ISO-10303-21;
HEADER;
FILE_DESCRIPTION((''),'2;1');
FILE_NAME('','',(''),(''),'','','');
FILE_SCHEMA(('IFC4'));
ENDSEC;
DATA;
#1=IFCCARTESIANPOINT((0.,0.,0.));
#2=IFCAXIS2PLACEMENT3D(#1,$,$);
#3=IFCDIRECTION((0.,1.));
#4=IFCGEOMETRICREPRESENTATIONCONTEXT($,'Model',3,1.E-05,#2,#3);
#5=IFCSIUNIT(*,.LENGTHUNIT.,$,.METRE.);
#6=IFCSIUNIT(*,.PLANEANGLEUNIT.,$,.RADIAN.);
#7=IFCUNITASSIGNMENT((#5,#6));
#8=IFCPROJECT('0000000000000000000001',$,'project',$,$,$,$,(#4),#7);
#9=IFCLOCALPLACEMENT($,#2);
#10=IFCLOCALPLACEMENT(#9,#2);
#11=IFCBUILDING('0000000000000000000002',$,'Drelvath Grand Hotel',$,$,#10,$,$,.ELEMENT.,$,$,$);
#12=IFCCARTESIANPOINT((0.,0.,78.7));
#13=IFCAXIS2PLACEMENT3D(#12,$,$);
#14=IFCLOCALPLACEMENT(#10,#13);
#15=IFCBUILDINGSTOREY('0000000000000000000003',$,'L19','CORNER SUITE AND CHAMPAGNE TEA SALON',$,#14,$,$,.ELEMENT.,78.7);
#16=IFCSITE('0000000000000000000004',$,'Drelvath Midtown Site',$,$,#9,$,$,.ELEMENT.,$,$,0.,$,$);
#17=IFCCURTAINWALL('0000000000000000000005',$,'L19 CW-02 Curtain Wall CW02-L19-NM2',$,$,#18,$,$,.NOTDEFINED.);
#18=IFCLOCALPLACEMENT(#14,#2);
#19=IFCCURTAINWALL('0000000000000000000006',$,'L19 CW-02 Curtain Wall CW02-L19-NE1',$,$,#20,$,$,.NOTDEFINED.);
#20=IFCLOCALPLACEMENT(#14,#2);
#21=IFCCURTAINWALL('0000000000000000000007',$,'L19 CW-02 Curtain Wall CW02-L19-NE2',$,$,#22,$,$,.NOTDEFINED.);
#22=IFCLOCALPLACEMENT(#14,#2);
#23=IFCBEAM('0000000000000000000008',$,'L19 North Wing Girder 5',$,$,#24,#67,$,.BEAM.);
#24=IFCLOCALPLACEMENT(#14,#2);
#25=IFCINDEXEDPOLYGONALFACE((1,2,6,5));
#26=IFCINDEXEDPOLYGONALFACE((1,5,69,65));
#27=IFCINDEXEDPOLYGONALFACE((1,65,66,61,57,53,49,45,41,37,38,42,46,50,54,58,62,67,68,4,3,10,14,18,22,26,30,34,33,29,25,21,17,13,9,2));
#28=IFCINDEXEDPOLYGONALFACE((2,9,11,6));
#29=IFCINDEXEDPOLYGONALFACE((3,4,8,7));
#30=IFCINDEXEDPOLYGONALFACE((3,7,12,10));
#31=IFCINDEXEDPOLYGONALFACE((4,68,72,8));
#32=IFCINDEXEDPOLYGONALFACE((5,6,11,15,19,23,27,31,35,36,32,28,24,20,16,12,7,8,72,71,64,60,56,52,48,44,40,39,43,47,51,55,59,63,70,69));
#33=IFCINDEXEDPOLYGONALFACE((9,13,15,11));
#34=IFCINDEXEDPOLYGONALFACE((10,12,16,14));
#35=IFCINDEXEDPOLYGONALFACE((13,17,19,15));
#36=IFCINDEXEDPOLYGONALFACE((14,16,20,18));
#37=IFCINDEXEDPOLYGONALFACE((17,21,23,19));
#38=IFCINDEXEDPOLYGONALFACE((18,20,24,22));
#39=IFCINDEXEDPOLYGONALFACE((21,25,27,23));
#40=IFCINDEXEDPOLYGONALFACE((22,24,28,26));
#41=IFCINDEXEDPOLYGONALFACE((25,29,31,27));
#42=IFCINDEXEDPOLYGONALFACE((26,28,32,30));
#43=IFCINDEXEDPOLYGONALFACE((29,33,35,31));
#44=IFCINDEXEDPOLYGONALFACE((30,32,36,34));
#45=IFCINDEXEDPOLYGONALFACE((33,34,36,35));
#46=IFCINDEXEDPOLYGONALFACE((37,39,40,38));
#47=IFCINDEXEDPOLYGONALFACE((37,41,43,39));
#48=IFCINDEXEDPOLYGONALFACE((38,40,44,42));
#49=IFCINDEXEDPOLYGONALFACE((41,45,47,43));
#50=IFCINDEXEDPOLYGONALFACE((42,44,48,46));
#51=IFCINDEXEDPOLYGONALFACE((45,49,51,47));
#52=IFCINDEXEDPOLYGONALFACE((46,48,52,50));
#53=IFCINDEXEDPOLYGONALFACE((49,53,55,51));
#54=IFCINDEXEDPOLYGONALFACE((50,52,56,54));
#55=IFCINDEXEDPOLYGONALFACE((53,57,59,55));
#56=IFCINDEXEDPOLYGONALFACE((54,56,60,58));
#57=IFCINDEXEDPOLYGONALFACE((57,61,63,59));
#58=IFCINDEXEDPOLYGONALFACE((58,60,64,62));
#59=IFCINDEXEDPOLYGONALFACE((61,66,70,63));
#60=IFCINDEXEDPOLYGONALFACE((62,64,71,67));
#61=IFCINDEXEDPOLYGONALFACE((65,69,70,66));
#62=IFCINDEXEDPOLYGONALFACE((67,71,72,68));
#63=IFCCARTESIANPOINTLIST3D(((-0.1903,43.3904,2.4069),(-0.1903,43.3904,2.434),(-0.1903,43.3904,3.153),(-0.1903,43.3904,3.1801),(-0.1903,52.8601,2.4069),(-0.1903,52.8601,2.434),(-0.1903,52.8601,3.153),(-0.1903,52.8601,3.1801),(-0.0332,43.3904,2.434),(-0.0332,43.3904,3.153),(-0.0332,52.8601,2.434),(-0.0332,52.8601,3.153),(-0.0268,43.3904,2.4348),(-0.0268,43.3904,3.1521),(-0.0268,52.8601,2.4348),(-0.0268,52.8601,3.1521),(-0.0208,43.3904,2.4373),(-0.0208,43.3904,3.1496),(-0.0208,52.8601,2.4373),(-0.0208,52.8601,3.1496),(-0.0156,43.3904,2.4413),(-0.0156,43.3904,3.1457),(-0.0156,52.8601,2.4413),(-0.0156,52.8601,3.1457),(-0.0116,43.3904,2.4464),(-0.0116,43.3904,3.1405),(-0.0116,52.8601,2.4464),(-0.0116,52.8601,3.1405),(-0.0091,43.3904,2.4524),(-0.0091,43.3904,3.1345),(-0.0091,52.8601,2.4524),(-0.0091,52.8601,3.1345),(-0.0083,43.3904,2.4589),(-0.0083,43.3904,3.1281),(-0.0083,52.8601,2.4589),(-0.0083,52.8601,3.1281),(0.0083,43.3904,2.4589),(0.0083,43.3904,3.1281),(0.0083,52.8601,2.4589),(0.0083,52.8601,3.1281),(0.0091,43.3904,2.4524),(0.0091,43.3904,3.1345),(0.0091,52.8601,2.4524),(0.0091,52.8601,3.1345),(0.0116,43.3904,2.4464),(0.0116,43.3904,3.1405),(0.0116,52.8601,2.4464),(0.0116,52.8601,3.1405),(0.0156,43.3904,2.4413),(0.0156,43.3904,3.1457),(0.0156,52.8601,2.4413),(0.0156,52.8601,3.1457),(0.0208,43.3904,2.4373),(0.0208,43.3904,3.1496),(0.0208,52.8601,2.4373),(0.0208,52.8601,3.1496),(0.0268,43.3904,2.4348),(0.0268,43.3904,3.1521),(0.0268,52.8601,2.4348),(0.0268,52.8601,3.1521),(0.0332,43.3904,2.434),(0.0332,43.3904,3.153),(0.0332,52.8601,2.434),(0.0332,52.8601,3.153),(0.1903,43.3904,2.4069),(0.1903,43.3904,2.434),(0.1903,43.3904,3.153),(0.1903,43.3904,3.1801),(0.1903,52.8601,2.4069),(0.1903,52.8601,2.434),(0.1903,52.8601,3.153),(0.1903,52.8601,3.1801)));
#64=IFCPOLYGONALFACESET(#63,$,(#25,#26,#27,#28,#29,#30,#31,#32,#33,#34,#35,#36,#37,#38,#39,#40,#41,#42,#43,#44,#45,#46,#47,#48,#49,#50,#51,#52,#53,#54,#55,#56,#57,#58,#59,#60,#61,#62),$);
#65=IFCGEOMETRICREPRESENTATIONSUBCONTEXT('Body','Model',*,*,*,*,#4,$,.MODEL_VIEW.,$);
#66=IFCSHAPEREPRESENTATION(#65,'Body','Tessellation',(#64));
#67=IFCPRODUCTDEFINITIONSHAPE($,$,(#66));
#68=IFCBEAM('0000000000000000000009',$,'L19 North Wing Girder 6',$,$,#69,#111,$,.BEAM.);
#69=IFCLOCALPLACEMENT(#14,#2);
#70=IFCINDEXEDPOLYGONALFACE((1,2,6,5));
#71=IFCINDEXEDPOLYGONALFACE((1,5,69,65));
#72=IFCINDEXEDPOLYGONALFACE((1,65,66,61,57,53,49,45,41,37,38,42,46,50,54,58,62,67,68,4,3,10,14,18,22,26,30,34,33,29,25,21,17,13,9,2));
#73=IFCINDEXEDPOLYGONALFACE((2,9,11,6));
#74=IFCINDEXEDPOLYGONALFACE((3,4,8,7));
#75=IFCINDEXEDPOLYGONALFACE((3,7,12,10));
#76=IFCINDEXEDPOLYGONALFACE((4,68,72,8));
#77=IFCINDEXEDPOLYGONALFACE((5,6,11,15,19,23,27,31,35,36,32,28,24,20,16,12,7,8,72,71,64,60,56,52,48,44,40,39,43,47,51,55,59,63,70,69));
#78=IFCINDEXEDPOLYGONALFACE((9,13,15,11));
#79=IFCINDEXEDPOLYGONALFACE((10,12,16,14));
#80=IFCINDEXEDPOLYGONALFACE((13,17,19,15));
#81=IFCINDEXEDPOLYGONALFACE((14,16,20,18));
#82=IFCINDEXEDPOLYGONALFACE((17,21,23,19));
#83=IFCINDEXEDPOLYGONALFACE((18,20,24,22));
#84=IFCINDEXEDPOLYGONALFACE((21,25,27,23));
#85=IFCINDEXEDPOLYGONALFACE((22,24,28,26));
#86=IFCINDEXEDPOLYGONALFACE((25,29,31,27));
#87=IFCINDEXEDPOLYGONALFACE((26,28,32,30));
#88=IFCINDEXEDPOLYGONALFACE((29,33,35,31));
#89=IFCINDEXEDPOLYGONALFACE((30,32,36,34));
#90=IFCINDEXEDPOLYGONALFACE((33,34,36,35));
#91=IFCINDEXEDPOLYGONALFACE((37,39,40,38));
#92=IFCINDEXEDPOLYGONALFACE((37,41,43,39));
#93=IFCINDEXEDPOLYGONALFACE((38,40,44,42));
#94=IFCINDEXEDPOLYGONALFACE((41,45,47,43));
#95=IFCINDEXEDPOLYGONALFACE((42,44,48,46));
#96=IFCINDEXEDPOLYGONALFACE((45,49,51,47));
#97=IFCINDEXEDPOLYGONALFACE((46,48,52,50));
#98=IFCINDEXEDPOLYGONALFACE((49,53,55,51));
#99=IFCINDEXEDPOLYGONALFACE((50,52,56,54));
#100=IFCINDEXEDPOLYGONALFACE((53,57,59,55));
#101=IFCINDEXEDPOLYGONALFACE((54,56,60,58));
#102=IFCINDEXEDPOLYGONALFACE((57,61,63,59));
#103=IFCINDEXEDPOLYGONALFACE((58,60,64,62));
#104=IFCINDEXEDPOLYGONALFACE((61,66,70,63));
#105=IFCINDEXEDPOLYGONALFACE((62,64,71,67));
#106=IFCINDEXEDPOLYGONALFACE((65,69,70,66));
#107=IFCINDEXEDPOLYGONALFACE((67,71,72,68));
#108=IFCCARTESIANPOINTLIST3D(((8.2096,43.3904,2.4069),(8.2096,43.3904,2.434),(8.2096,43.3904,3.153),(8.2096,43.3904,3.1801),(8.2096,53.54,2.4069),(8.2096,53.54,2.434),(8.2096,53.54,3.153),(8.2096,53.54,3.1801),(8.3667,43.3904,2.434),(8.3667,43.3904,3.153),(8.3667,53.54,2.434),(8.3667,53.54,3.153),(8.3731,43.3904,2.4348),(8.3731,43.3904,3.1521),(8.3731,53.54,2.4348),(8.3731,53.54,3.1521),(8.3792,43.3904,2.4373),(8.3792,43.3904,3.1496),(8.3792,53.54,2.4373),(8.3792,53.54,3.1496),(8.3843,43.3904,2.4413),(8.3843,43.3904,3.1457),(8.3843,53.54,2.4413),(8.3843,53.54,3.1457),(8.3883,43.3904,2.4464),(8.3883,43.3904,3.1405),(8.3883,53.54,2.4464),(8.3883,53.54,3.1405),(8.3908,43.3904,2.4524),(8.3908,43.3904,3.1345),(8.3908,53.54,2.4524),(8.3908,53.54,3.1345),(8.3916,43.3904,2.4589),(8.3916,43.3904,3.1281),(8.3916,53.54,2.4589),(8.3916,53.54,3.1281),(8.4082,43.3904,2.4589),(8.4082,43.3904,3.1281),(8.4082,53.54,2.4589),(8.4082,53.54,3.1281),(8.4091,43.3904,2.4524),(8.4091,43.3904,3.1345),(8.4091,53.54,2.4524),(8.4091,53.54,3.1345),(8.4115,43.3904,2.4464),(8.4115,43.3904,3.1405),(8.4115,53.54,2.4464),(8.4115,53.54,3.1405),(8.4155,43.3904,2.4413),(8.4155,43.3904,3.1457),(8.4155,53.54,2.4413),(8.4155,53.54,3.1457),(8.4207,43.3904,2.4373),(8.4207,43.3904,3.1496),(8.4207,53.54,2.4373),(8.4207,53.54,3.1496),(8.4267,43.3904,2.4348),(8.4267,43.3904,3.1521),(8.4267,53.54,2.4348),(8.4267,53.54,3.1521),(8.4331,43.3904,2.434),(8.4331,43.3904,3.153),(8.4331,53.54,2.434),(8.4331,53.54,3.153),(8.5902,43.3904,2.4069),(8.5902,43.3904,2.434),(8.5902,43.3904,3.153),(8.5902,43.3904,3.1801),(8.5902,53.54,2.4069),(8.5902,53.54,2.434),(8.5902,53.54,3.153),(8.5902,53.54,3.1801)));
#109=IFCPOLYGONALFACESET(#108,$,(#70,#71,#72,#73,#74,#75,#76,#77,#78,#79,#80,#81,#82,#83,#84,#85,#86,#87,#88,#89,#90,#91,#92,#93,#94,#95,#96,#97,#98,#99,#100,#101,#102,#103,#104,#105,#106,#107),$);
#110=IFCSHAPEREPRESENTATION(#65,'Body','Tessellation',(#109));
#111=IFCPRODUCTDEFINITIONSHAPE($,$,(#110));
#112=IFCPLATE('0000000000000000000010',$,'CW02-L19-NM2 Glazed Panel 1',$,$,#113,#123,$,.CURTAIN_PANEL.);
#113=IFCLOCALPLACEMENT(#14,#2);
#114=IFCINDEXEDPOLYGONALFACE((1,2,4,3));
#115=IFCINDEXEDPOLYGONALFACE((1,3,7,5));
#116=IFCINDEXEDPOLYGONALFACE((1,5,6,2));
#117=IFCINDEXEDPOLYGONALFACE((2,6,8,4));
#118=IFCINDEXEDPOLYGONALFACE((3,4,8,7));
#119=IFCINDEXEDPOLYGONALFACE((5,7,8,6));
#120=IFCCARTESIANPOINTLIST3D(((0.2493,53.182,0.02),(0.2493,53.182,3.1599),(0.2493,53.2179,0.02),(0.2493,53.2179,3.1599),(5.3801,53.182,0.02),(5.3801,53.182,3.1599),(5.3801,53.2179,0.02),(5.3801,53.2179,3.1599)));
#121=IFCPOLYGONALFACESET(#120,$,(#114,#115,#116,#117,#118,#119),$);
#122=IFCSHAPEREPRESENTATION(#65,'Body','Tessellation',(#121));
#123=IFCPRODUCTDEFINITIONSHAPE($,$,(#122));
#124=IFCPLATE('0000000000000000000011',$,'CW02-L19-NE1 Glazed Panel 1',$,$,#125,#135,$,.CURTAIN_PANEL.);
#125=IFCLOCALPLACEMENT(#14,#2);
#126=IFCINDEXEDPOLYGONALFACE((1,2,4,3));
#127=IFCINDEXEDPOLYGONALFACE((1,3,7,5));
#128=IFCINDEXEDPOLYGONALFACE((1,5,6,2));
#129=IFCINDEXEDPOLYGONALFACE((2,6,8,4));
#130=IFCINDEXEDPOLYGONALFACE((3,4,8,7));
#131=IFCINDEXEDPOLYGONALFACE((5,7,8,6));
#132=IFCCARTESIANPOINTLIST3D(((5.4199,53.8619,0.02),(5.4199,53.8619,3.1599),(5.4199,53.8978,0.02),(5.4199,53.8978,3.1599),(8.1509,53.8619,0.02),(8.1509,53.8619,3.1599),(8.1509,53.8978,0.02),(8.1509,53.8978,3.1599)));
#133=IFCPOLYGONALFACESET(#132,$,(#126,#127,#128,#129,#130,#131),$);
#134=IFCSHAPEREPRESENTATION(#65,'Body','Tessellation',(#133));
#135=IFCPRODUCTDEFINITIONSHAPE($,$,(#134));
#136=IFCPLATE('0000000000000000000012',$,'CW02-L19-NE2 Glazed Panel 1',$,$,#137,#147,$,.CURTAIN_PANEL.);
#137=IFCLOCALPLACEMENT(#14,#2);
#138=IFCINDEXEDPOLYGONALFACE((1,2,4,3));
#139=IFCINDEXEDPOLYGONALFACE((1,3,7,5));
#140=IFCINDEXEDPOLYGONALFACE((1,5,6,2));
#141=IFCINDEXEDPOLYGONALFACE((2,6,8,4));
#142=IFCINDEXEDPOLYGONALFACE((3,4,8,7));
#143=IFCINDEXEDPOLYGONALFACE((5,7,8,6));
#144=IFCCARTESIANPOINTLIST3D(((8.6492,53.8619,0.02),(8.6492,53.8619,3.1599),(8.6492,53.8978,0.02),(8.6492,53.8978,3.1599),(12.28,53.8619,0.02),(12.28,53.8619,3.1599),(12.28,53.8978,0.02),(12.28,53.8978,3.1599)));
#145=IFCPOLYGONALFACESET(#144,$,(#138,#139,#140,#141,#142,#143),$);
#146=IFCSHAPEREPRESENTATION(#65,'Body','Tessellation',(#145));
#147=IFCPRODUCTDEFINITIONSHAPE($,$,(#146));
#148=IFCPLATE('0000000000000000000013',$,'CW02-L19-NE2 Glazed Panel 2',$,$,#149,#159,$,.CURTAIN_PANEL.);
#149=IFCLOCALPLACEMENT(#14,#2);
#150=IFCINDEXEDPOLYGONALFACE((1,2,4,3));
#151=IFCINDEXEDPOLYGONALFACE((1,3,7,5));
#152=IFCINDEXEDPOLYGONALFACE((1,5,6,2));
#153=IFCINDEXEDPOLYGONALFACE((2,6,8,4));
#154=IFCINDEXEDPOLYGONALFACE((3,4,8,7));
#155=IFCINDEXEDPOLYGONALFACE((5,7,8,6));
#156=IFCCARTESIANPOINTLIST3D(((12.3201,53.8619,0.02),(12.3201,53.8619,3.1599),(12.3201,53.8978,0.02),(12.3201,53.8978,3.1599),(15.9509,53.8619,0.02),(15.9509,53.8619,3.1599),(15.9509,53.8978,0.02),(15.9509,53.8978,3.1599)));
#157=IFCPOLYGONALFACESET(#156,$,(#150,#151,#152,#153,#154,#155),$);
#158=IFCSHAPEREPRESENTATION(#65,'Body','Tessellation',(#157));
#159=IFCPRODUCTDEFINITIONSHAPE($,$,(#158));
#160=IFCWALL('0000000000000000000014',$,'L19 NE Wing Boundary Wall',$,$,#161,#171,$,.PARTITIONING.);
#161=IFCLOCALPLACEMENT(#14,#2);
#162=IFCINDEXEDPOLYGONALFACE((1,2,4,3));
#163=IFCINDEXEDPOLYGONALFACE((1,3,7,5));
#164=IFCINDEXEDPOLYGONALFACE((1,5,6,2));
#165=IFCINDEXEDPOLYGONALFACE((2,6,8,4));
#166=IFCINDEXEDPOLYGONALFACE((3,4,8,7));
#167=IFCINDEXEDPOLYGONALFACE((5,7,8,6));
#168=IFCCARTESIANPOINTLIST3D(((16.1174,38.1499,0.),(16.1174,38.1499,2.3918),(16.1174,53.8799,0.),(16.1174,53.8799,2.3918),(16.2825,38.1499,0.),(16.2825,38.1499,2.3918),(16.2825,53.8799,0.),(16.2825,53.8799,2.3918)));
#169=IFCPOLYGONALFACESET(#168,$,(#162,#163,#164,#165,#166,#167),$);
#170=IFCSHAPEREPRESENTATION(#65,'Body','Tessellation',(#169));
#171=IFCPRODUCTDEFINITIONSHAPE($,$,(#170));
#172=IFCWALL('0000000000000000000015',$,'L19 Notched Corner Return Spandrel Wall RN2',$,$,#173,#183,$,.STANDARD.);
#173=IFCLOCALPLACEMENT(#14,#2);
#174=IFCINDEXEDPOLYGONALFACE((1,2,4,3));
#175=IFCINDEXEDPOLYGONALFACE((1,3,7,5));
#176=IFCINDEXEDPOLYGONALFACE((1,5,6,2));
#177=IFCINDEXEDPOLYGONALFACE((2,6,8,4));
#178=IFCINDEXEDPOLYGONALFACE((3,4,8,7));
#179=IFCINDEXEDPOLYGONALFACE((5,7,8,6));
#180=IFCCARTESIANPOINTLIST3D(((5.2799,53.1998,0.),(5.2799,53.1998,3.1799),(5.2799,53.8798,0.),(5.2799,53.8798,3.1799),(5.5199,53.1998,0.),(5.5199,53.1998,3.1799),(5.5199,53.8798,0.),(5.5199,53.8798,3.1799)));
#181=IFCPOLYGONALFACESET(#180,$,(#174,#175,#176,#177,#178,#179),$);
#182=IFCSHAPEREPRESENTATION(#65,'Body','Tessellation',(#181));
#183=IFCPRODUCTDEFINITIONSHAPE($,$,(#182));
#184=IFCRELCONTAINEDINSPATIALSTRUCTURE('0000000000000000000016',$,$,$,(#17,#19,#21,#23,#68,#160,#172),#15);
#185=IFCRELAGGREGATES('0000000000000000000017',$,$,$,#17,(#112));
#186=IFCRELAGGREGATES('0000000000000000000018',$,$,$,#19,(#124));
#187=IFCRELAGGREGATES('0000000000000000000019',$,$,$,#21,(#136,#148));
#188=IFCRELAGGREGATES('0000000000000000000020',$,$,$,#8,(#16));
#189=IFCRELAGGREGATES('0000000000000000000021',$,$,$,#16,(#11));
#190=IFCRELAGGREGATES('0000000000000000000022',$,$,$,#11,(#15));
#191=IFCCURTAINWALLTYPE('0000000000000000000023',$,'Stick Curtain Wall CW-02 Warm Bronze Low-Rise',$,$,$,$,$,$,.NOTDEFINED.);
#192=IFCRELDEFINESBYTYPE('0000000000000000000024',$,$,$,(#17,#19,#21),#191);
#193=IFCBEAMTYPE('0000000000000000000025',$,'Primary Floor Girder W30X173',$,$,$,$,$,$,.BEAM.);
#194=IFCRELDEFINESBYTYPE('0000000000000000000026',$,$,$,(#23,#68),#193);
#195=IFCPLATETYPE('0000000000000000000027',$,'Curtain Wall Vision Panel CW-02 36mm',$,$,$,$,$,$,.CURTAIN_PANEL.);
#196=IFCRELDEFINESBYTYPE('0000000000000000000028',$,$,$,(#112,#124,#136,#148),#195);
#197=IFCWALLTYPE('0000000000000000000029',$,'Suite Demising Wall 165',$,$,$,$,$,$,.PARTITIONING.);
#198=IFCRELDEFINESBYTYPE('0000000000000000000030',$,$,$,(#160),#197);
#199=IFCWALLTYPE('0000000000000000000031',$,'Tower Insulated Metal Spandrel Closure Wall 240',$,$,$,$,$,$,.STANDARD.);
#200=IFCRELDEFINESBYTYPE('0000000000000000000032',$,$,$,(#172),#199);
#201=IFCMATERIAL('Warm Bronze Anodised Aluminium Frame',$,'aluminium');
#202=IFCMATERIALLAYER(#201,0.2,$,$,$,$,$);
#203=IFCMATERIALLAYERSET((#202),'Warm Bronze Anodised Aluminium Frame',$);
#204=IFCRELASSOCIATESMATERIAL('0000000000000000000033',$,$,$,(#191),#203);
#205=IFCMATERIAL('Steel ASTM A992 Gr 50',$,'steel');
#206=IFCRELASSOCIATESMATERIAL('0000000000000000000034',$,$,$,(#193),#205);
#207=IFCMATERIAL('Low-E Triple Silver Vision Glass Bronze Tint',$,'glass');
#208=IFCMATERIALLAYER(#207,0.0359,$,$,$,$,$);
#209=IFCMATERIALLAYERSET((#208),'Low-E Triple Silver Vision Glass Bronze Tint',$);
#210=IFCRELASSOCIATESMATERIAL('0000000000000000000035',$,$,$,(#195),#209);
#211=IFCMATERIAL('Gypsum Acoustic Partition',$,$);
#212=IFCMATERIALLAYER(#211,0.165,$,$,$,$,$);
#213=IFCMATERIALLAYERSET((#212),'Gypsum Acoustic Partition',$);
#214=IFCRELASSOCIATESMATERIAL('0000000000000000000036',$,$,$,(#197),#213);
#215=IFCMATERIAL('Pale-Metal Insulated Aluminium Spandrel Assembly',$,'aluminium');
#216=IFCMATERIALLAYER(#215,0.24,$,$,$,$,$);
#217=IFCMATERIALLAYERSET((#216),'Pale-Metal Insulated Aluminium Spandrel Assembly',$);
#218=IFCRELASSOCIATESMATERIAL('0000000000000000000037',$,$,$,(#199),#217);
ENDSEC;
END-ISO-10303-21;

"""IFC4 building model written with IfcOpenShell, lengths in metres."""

from ifc_helpers import new_model, si_unit, direction, frame, frame_2d, origin, origin_2d, place, context, subcontext, project, spatial, rectangle, i_section, extrude, material, layer, layer_set, material_profile, profile_set, type_object, element, aggregate, save


model = new_model("IFC4")

# Units and contexts
model_context = context("Model", 3, precision=1e-05, world=origin(), true_north=direction((0.0, 1.0)))
body_context = subcontext(model_context, "Body", "Model", "MODEL_VIEW")
ifc_project = project(units=[si_unit("LENGTHUNIT", "METRE"), si_unit("PLANEANGLEUNIT", "RADIAN")], contexts=[model_context])

# Site, building, storey
site_placement = place(None, origin())
site = spatial("IfcSite", under=ifc_project, at=site_placement, Name="Drelvath Midtown Site", CompositionType="ELEMENT", RefElevation=0.0)
building_placement = place(site_placement, origin())
building = spatial("IfcBuilding", under=site, at=building_placement, Name="Drelvath Grand Hotel", CompositionType="ELEMENT")
storey_placement = place(building_placement, frame((0.0, 0.0, 78.7)))
storey = spatial("IfcBuildingStorey", under=building, at=storey_placement, Name="L19", Description="CORNER SUITE AND CHAMPAGNE TEA SALON", CompositionType="ELEMENT", Elevation=78.7)

# Curtain walls
ifc_material_1 = material(Name="Warm Bronze Anodised Aluminium Frame", Category="aluminium")
ifc_layer_1 = layer(ifc_material_1, 0.2)
ifc_layer_set_1 = layer_set([ifc_layer_1], Name="Warm Bronze Anodised Aluminium Frame")
curtain_wall_type = type_object("IfcCurtainWallType", Name="Stick Curtain Wall CW-02 Warm Bronze Low-Rise", PredefinedType="NOTDEFINED", material=ifc_layer_set_1)
curtain_wall_1_placement = place(storey_placement, origin())
curtain_wall_1 = element("IfcCurtainWall", 1, at=curtain_wall_1_placement, inside=storey, type_object=curtain_wall_type, Name="L19 CW-02 Curtain Wall CW02-L19-NM2", PredefinedType="NOTDEFINED")
curtain_wall_2_placement = place(storey_placement, origin())
curtain_wall_2 = element("IfcCurtainWall", 2, at=curtain_wall_2_placement, inside=storey, type_object=curtain_wall_type, Name="L19 CW-02 Curtain Wall CW02-L19-NE1", PredefinedType="NOTDEFINED")
curtain_wall_3_placement = place(storey_placement, origin())
curtain_wall_3 = element("IfcCurtainWall", 3, at=curtain_wall_3_placement, inside=storey, type_object=curtain_wall_type, Name="L19 CW-02 Curtain Wall CW02-L19-NE2", PredefinedType="NOTDEFINED")

# Beams
ifc_material_2 = material(Name="Steel ASTM A992 Gr 50", Category="steel")
ifc_material_profile_1 = material_profile(ifc_material_2, i_section(OverallWidth=0.3806, OverallDepth=0.7732, WebThickness=0.0166, FlangeThickness=0.0271, FilletRadius=0.0249, at=origin_2d()), Name="W30X173")
ifc_profile_set_1 = profile_set([ifc_material_profile_1], Name="Steel ASTM A992 Gr 50")
beam_type_1 = type_object("IfcBeamType", Name="Primary Floor Girder W30X173", PredefinedType="BEAM", material=ifc_profile_set_1)
beam_1_placement = place(storey_placement, frame((0.0, 43.3904, 2.7935), z_axis=(0.0, 1.0, 0.0), x_axis=(-1.0, 0.0, 0.0)))
element("IfcBeam", 4, at=beam_1_placement, inside=storey, type_object=beam_type_1, Name="L19 North Wing Girder 5", PredefinedType="BEAM", context=body_context, shape_type="SweptSolid", body=[
    extrude(i_section(OverallWidth=0.3806, OverallDepth=0.7732, WebThickness=0.0166, FlangeThickness=0.0271, FilletRadius=0.0249, at=origin_2d()), origin(), (0.0, 0.0, 1.0), 9.4697),
])
beam_2_placement = place(storey_placement, frame((8.3999, 43.3904, 2.7935), z_axis=(0.0, 1.0, 0.0), x_axis=(-1.0, 0.0, 0.0)))
element("IfcBeam", 5, at=beam_2_placement, inside=storey, type_object=beam_type_1, Name="L19 North Wing Girder 6", PredefinedType="BEAM", context=body_context, shape_type="SweptSolid", body=[
    extrude(i_section(OverallWidth=0.3806, OverallDepth=0.7732, WebThickness=0.0166, FlangeThickness=0.0271, FilletRadius=0.0249, at=origin_2d()), origin(), (0.0, 0.0, 1.0), 10.1497),
])

# Plates
ifc_material_3 = material(Name="Low-E Triple Silver Vision Glass Bronze Tint", Category="glass")
ifc_layer_2 = layer(ifc_material_3, 0.0359)
ifc_layer_set_2 = layer_set([ifc_layer_2], Name="Low-E Triple Silver Vision Glass Bronze Tint")
plate_type = type_object("IfcPlateType", Name="Curtain Wall Vision Panel CW-02 36mm", PredefinedType="CURTAIN_PANEL", material=ifc_layer_set_2)
plate_1_placement = place(storey_placement, frame((2.8147, 53.2, 0.02), z_axis=(0.0, 0.0, 1.0), x_axis=(1.0, 0.0, 0.0)))
plate_1 = element("IfcPlate", 6, at=plate_1_placement, type_object=plate_type, Name="CW02-L19-NM2 Glazed Panel 1", PredefinedType="CURTAIN_PANEL", context=body_context, shape_type="SweptSolid", body=[
    extrude(rectangle(XDim=5.1309, YDim=0.0359, at=origin_2d()), origin(), (0.0, 0.0, 1.0), 3.1399),
])
aggregate(curtain_wall_1, [plate_1])
plate_2_placement = place(storey_placement, frame((6.7854, 53.8799, 0.02), z_axis=(0.0, 0.0, 1.0), x_axis=(1.0, 0.0, 0.0)))
plate_2 = element("IfcPlate", 7, at=plate_2_placement, type_object=plate_type, Name="CW02-L19-NE1 Glazed Panel 1", PredefinedType="CURTAIN_PANEL", context=body_context, shape_type="SweptSolid", body=[
    extrude(rectangle(XDim=2.731, YDim=0.0359, at=origin_2d()), origin(), (0.0, 0.0, 1.0), 3.1399),
])
aggregate(curtain_wall_2, [plate_2])
plate_3_placement = place(storey_placement, frame((10.4646, 53.8799, 0.02), z_axis=(0.0, 0.0, 1.0), x_axis=(1.0, 0.0, 0.0)))
plate_3 = element("IfcPlate", 8, at=plate_3_placement, type_object=plate_type, Name="CW02-L19-NE2 Glazed Panel 1", PredefinedType="CURTAIN_PANEL", context=body_context, shape_type="SweptSolid", body=[
    extrude(rectangle(XDim=3.6309, YDim=0.0359, at=origin_2d()), origin(), (0.0, 0.0, 1.0), 3.1399),
])
plate_4_placement = place(storey_placement, frame((14.1355, 53.8799, 0.02), z_axis=(0.0, 0.0, 1.0), x_axis=(1.0, 0.0, 0.0)))
plate_4 = element("IfcPlate", 9, at=plate_4_placement, type_object=plate_type, Name="CW02-L19-NE2 Glazed Panel 2", PredefinedType="CURTAIN_PANEL", context=body_context, shape_type="SweptSolid", body=[
    extrude(rectangle(XDim=3.6309, YDim=0.0359, at=origin_2d()), origin(), (0.0, 0.0, 1.0), 3.1399),
])
aggregate(curtain_wall_3, [plate_3, plate_4])

# Walls
ifc_material_4 = material(Name="Gypsum Acoustic Partition")
ifc_layer_3 = layer(ifc_material_4, 0.165)
ifc_layer_set_3 = layer_set([ifc_layer_3], Name="Gypsum Acoustic Partition")
wall_type_1 = type_object("IfcWallType", Name="Suite Demising Wall 165", PredefinedType="PARTITIONING", material=ifc_layer_set_3)
wall_1_placement = place(storey_placement, frame((16.2, 38.1499, 0.0), z_axis=(0.0, 0.0, 1.0), x_axis=(0.0, 1.0, 0.0)))
element("IfcWall", 10, at=wall_1_placement, inside=storey, type_object=wall_type_1, Name="L19 NE Wing Boundary Wall", PredefinedType="PARTITIONING", context=body_context, shape_type="SweptSolid", body=[
    extrude(rectangle(XDim=15.73, YDim=0.165, at=frame_2d((7.865, 0.0))), origin(), (0.0, 0.0, 1.0), 2.3918),
])
ifc_material_5 = material(Name="Pale-Metal Insulated Aluminium Spandrel Assembly", Category="aluminium")
ifc_layer_4 = layer(ifc_material_5, 0.24)
ifc_layer_set_4 = layer_set([ifc_layer_4], Name="Pale-Metal Insulated Aluminium Spandrel Assembly")
wall_type_2 = type_object("IfcWallType", Name="Tower Insulated Metal Spandrel Closure Wall 240", PredefinedType="STANDARD", material=ifc_layer_set_4)
wall_2_placement = place(storey_placement, frame((5.3999, 53.2, 0.0), z_axis=(0.0, 0.0, 1.0), x_axis=(0.0, 1.0, 0.0)))
element("IfcWall", 11, at=wall_2_placement, inside=storey, type_object=wall_type_2, Name="L19 Notched Corner Return Spandrel Wall RN2", PredefinedType="STANDARD", context=body_context, shape_type="SweptSolid", body=[
    extrude(rectangle(XDim=0.6799, YDim=0.24, at=frame_2d((0.3398, 0.0))), origin(), (0.0, 0.0, 1.0), 3.1799),
])

save(model, "model.ifc")
